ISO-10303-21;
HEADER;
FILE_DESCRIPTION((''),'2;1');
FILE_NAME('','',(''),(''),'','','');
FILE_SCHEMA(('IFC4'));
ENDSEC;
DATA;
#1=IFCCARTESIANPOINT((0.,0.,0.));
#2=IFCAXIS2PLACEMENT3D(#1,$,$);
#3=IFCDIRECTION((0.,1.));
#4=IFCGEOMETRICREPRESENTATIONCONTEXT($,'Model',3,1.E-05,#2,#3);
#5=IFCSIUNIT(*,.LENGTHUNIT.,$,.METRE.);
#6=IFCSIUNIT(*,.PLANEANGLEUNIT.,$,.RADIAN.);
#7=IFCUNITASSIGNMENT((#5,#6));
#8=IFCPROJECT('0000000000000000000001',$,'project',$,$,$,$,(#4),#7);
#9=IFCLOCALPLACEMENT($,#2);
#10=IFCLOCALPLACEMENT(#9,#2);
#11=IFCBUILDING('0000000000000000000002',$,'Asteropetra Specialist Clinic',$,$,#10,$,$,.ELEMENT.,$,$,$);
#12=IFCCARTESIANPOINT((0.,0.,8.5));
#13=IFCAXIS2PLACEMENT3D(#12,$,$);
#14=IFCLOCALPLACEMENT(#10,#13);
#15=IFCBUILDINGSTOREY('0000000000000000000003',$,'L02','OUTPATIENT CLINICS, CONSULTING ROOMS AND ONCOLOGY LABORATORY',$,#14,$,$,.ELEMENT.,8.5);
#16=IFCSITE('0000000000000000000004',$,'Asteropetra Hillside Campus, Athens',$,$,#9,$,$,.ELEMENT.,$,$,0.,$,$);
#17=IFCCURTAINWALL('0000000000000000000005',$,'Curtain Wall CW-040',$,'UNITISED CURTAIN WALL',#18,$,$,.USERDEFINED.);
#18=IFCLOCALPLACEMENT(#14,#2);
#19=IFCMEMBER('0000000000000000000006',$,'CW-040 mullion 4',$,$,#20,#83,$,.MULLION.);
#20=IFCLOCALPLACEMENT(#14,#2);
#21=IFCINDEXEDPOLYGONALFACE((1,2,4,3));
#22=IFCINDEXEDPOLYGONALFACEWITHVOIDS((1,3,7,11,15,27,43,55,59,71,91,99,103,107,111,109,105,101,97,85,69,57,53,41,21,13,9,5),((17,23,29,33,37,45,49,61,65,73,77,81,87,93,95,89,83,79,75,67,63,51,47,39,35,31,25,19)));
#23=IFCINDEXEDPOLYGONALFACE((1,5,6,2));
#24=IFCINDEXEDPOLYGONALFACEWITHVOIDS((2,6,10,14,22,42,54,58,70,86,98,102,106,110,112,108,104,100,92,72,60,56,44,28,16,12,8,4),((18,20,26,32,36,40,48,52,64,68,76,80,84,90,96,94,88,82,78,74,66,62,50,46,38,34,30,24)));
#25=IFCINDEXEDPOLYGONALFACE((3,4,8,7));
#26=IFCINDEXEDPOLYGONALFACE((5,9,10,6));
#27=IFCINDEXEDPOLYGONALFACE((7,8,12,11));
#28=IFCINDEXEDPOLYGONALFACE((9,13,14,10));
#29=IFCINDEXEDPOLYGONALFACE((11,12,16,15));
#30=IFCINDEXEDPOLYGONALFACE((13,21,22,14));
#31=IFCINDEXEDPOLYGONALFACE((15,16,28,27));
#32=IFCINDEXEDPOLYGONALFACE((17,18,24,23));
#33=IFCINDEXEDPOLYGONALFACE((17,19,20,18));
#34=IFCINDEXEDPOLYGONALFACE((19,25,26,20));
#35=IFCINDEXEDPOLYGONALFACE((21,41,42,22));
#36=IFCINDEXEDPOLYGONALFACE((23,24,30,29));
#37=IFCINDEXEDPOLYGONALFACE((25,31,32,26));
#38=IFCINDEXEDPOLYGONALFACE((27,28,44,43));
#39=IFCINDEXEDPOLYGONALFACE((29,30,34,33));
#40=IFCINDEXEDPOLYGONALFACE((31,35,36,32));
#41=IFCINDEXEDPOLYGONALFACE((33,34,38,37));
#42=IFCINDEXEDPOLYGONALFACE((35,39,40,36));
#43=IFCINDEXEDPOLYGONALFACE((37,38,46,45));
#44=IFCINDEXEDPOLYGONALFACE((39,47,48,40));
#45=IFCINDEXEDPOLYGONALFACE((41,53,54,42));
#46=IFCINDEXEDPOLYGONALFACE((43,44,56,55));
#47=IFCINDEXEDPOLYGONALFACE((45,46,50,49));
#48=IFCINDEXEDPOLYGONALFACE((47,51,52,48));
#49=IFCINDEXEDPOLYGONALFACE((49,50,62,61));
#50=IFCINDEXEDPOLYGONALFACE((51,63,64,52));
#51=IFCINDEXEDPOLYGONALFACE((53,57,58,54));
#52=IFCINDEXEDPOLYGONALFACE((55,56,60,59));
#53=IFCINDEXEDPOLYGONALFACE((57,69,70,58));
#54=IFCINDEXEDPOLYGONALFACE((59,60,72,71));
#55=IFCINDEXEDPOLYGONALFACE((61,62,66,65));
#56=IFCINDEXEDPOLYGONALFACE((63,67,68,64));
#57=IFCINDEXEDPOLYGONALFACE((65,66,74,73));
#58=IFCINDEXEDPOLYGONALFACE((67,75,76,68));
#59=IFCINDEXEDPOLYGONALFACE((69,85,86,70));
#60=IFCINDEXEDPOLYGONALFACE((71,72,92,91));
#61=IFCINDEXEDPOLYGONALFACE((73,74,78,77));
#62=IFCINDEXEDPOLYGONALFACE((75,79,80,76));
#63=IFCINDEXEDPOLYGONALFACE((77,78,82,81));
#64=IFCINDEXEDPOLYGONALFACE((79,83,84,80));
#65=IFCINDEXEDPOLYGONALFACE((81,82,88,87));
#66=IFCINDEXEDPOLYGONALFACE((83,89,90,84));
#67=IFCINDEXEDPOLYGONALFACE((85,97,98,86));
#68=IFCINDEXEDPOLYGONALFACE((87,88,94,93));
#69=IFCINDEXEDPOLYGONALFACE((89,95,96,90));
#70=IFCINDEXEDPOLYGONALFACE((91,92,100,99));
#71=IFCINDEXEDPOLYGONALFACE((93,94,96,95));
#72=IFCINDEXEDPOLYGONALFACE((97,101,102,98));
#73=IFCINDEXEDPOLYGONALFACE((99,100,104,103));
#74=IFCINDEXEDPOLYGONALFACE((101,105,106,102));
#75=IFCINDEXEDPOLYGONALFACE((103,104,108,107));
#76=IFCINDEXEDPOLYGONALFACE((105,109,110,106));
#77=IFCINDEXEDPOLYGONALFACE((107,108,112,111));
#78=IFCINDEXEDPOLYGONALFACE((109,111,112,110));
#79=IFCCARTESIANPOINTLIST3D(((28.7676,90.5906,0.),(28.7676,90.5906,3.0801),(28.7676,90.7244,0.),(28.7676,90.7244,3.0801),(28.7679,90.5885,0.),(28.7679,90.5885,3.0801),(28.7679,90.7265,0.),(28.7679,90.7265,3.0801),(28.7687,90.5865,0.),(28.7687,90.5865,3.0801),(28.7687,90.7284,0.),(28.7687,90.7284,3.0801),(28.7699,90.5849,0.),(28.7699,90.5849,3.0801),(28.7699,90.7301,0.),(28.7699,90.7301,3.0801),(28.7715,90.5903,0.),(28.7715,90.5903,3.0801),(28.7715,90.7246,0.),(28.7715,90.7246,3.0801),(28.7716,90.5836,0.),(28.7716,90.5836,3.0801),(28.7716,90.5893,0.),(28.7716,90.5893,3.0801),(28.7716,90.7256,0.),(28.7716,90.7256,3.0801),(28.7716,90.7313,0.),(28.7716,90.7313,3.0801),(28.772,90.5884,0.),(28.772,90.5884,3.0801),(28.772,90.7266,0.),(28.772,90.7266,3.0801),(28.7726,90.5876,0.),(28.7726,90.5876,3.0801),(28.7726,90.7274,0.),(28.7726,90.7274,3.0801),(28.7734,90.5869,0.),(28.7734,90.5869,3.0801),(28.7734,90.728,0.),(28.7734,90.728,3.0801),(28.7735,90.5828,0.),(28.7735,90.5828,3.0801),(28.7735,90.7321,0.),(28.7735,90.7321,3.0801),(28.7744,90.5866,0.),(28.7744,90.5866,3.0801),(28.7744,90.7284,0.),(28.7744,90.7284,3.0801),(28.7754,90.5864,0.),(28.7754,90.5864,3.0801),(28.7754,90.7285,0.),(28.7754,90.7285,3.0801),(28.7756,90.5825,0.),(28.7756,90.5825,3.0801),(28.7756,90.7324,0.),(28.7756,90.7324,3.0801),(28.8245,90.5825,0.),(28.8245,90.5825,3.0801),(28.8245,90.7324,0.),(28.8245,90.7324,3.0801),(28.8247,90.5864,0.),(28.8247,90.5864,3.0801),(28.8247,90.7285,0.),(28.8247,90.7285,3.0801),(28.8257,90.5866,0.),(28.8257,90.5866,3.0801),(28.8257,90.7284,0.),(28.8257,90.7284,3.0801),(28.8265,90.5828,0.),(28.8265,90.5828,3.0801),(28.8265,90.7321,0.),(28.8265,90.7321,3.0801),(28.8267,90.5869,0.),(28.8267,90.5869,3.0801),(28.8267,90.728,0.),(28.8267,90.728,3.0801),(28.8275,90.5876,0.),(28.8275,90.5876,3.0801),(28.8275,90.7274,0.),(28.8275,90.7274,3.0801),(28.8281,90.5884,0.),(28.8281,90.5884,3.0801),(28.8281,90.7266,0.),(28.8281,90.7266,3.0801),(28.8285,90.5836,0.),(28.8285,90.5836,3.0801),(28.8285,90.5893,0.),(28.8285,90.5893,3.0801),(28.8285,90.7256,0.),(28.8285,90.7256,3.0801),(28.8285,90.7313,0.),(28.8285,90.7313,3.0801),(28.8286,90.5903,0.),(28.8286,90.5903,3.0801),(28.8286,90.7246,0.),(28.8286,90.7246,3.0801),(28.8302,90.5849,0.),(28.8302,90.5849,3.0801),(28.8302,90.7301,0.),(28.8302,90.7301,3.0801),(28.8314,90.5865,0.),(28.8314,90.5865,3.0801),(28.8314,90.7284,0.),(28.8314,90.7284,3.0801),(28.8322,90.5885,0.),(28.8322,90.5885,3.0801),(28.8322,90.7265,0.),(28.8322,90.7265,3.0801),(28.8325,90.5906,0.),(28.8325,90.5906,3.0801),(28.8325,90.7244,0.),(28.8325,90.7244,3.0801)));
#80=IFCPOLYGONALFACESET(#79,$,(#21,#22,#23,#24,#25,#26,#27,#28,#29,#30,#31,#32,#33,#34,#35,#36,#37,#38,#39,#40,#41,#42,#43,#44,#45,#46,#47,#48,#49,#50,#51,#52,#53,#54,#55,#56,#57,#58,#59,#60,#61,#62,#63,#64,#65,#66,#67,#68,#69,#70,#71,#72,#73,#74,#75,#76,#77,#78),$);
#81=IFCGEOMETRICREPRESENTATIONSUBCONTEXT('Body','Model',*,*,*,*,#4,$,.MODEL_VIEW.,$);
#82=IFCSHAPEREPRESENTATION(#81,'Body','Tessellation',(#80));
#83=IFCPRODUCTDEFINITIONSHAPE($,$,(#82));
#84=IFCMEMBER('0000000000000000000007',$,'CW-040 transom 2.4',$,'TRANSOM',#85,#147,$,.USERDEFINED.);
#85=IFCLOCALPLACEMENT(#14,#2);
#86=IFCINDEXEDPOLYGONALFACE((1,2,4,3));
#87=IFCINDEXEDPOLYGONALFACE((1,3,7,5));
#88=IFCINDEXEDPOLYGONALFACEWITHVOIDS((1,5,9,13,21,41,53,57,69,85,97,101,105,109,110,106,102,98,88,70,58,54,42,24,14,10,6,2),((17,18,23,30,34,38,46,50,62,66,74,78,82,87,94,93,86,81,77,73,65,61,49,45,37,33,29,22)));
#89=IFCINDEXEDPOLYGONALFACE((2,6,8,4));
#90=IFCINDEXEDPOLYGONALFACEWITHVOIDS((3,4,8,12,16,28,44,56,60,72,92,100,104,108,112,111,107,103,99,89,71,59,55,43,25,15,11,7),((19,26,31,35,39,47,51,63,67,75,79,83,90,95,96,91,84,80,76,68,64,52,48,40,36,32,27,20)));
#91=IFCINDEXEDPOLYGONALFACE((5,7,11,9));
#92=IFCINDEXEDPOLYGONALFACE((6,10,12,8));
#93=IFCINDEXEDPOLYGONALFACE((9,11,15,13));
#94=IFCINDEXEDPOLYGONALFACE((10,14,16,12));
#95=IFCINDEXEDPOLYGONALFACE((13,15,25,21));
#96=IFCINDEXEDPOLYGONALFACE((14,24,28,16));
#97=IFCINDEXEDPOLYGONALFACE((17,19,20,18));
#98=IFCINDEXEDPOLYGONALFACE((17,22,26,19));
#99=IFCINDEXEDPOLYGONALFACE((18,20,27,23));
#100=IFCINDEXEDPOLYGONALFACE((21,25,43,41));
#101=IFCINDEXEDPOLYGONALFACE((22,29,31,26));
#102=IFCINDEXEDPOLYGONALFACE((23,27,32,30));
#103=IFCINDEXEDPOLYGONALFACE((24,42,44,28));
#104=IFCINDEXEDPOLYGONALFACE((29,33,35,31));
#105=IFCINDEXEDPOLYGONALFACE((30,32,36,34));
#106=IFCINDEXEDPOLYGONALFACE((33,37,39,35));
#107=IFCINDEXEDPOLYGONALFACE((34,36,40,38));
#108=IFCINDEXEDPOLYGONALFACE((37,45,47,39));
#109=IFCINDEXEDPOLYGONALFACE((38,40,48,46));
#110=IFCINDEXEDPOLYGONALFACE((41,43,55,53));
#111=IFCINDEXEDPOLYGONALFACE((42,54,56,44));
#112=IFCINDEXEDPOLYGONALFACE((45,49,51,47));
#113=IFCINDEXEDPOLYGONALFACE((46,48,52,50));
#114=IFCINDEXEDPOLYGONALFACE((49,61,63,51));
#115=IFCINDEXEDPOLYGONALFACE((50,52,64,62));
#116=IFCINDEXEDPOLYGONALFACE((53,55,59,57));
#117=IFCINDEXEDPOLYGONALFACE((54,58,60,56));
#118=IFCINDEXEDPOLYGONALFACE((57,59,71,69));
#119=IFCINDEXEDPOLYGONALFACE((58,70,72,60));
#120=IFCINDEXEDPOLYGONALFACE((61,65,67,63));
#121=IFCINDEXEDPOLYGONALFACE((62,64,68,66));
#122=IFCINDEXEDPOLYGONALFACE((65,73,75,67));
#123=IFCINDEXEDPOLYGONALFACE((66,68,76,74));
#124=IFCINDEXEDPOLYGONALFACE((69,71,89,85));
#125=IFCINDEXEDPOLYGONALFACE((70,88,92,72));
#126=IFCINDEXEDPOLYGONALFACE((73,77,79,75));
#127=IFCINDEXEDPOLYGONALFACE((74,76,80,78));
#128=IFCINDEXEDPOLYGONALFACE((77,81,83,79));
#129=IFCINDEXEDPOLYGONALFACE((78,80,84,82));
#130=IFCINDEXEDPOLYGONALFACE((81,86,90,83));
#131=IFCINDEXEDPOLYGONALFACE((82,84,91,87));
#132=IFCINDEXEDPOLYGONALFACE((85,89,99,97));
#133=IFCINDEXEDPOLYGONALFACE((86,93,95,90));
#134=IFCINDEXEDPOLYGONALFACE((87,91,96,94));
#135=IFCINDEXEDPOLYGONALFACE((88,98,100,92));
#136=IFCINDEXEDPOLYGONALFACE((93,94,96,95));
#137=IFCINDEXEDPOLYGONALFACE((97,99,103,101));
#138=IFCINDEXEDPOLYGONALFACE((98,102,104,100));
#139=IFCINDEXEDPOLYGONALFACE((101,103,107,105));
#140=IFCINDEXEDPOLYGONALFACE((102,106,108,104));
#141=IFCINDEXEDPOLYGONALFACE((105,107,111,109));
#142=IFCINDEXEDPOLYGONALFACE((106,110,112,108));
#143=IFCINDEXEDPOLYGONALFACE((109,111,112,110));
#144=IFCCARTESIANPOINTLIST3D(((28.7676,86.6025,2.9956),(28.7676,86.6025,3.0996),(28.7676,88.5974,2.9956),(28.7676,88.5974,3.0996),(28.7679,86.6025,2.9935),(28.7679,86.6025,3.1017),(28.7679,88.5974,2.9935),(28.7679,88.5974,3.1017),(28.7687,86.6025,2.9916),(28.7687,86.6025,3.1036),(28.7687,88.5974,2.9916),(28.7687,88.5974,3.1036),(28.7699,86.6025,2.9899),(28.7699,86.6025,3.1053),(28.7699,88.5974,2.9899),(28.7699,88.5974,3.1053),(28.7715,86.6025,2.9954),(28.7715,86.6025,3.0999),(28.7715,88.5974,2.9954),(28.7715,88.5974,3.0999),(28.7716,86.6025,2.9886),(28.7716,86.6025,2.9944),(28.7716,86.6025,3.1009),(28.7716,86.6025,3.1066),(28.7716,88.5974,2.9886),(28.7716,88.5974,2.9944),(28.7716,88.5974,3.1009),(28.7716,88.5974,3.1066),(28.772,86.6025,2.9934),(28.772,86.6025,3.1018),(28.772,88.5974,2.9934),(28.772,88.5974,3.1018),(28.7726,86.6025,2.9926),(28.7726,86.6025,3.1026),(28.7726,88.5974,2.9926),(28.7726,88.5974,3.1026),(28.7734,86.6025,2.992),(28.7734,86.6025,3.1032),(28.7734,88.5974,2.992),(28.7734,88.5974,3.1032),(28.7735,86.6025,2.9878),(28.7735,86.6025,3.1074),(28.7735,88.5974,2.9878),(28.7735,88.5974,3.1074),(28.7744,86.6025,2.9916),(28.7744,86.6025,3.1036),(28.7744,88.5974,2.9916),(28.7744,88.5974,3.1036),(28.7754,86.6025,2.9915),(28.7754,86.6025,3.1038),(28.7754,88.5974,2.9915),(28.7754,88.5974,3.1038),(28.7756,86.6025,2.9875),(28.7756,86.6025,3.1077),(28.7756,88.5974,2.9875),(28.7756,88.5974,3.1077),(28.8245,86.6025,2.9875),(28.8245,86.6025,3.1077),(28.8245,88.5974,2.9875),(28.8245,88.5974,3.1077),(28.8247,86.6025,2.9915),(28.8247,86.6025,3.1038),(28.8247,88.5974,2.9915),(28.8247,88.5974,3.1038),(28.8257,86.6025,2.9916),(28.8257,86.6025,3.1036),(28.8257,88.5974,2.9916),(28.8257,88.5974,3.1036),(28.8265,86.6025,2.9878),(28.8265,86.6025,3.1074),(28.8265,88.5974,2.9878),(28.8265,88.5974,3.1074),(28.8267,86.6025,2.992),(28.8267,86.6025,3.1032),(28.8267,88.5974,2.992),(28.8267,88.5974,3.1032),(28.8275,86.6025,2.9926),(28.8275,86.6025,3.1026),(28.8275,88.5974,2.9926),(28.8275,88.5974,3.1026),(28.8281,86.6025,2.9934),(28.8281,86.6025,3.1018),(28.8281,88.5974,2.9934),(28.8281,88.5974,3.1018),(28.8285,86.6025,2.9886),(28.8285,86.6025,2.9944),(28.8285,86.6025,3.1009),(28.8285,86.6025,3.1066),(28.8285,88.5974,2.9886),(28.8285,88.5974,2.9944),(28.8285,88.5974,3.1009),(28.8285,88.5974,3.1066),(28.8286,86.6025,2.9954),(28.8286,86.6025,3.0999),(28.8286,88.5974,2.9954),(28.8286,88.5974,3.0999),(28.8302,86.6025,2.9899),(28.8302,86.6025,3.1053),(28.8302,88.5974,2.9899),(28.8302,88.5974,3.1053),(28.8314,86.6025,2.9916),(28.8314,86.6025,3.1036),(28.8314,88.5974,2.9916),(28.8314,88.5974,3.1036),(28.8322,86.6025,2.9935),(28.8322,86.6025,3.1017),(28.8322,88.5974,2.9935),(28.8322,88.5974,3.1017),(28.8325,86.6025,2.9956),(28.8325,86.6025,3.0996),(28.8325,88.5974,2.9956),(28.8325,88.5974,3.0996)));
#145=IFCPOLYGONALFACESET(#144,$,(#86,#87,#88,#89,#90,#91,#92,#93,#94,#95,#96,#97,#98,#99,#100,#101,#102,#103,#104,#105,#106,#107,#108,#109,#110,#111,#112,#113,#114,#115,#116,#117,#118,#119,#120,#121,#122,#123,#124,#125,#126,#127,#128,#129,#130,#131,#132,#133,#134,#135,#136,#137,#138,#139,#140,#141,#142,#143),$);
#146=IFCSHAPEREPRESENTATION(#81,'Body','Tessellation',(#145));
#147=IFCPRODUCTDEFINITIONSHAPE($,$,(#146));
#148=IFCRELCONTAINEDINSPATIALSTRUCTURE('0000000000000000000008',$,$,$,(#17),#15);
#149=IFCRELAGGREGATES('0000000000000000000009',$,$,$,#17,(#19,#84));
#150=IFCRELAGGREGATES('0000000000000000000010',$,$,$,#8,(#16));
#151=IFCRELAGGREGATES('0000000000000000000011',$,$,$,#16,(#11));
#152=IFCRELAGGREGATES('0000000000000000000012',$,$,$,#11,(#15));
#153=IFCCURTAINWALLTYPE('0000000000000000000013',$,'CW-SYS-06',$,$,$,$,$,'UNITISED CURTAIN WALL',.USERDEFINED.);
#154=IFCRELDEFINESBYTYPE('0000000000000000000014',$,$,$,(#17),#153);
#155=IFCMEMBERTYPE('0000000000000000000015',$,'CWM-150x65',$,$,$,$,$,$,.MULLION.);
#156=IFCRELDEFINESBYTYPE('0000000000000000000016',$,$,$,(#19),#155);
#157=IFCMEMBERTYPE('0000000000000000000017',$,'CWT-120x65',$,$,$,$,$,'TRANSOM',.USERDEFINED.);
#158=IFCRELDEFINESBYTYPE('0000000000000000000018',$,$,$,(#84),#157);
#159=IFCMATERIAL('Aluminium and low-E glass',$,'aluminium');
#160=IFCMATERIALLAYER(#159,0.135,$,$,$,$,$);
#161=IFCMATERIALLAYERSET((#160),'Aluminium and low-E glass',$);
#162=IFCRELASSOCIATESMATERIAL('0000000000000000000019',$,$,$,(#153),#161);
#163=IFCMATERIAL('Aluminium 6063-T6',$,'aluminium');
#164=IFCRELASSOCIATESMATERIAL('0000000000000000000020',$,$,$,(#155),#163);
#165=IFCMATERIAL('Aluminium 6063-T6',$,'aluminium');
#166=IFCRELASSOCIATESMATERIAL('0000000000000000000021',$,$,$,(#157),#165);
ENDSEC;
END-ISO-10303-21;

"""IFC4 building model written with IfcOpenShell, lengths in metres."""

from ifc_helpers import new_model, si_unit, direction, frame, origin, origin_2d, place, context, subcontext, project, spatial, hollow_rectangle, extrude, material, layer, layer_set, material_profile, profile_set, type_object, element, aggregate, save


model = new_model("IFC4")

# Units and contexts
model_context = context("Model", 3, precision=1e-05, world=origin(), true_north=direction((0.0, 1.0)))
body_context = subcontext(model_context, "Body", "Model", "MODEL_VIEW")
ifc_project = project(units=[si_unit("LENGTHUNIT", "METRE"), si_unit("PLANEANGLEUNIT", "RADIAN")], contexts=[model_context])

# Site, building, storey
site_placement = place(None, origin())
site = spatial("IfcSite", under=ifc_project, at=site_placement, Name="Asteropetra Hillside Campus, Athens", CompositionType="ELEMENT", RefElevation=0.0)
building_placement = place(site_placement, origin())
building = spatial("IfcBuilding", under=site, at=building_placement, Name="Asteropetra Specialist Clinic", CompositionType="ELEMENT")
storey_placement = place(building_placement, frame((0.0, 0.0, 8.5)))
storey = spatial("IfcBuildingStorey", under=building, at=storey_placement, Name="L02", Description="OUTPATIENT CLINICS, CONSULTING ROOMS AND ONCOLOGY LABORATORY", CompositionType="ELEMENT", Elevation=8.5)

# Curtain wall, members
ifc_material_1 = material(Name="Aluminium and low-E glass", Category="aluminium")
ifc_layer_1 = layer(ifc_material_1, 0.135)
ifc_layer_set_1 = layer_set([ifc_layer_1], Name="Aluminium and low-E glass")
curtain_wall_type = type_object("IfcCurtainWallType", Name="CW-SYS-06", ElementType="UNITISED CURTAIN WALL", PredefinedType="USERDEFINED", material=ifc_layer_set_1)
curtain_wall_placement = place(storey_placement, origin())
curtain_wall = element("IfcCurtainWall", 1, at=curtain_wall_placement, inside=storey, type_object=curtain_wall_type, Name="Curtain Wall CW-040", ObjectType="UNITISED CURTAIN WALL", PredefinedType="USERDEFINED")
ifc_material_2 = material(Name="Aluminium 6063-T6", Category="aluminium")
ifc_material_profile_1 = material_profile(ifc_material_2, hollow_rectangle(XDim=0.0649, YDim=0.1499, WallThickness=0.0039, InnerFilletRadius=0.0039, OuterFilletRadius=0.0081, at=origin_2d()), Name="MUL 150x65x4.0")
ifc_profile_set_1 = profile_set([ifc_material_profile_1], Name="Aluminium 6063-T6")
member_type_1 = type_object("IfcMemberType", Name="CWM-150x65", PredefinedType="MULLION", material=ifc_profile_set_1)
member_1_placement = place(storey_placement, frame((28.8, 90.6575, 0.0), z_axis=(0.0, 0.0, 1.0), x_axis=(-1.0, 0.0, 0.0)))
member_1 = element("IfcMember", 2, at=member_1_placement, type_object=member_type_1, Name="CW-040 mullion 4", PredefinedType="MULLION", context=body_context, shape_type="SweptSolid", body=[
    extrude(hollow_rectangle(XDim=0.0649, YDim=0.1499, WallThickness=0.0039, InnerFilletRadius=0.0039, OuterFilletRadius=0.0081, at=origin_2d()), origin(), (0.0, 0.0, 1.0), 3.0801),
])
ifc_material_3 = material(Name="Aluminium 6063-T6", Category="aluminium")
ifc_material_profile_2 = material_profile(ifc_material_3, hollow_rectangle(XDim=0.0649, YDim=0.1201, WallThickness=0.0039, InnerFilletRadius=0.0039, OuterFilletRadius=0.0081, at=origin_2d()), Name="TRN 120x65x4.0")
ifc_profile_set_2 = profile_set([ifc_material_profile_2], Name="Aluminium 6063-T6")
member_type_2 = type_object("IfcMemberType", Name="CWT-120x65", ElementType="TRANSOM", PredefinedType="USERDEFINED", material=ifc_profile_set_2)
member_2_placement = place(storey_placement, frame((28.8, 86.6025, 3.0476), z_axis=(0.0, 1.0, 0.0), x_axis=(-1.0, 0.0, 0.0)))
member_2 = element("IfcMember", 3, at=member_2_placement, type_object=member_type_2, Name="CW-040 transom 2.4", ObjectType="TRANSOM", PredefinedType="USERDEFINED", context=body_context, shape_type="SweptSolid", body=[
    extrude(hollow_rectangle(XDim=0.0649, YDim=0.1201, WallThickness=0.0039, InnerFilletRadius=0.0039, OuterFilletRadius=0.0081, at=origin_2d()), origin(), (0.0, 0.0, 1.0), 1.9949),
])

aggregate(curtain_wall, [member_1, member_2])

save(model, "model.ifc")
